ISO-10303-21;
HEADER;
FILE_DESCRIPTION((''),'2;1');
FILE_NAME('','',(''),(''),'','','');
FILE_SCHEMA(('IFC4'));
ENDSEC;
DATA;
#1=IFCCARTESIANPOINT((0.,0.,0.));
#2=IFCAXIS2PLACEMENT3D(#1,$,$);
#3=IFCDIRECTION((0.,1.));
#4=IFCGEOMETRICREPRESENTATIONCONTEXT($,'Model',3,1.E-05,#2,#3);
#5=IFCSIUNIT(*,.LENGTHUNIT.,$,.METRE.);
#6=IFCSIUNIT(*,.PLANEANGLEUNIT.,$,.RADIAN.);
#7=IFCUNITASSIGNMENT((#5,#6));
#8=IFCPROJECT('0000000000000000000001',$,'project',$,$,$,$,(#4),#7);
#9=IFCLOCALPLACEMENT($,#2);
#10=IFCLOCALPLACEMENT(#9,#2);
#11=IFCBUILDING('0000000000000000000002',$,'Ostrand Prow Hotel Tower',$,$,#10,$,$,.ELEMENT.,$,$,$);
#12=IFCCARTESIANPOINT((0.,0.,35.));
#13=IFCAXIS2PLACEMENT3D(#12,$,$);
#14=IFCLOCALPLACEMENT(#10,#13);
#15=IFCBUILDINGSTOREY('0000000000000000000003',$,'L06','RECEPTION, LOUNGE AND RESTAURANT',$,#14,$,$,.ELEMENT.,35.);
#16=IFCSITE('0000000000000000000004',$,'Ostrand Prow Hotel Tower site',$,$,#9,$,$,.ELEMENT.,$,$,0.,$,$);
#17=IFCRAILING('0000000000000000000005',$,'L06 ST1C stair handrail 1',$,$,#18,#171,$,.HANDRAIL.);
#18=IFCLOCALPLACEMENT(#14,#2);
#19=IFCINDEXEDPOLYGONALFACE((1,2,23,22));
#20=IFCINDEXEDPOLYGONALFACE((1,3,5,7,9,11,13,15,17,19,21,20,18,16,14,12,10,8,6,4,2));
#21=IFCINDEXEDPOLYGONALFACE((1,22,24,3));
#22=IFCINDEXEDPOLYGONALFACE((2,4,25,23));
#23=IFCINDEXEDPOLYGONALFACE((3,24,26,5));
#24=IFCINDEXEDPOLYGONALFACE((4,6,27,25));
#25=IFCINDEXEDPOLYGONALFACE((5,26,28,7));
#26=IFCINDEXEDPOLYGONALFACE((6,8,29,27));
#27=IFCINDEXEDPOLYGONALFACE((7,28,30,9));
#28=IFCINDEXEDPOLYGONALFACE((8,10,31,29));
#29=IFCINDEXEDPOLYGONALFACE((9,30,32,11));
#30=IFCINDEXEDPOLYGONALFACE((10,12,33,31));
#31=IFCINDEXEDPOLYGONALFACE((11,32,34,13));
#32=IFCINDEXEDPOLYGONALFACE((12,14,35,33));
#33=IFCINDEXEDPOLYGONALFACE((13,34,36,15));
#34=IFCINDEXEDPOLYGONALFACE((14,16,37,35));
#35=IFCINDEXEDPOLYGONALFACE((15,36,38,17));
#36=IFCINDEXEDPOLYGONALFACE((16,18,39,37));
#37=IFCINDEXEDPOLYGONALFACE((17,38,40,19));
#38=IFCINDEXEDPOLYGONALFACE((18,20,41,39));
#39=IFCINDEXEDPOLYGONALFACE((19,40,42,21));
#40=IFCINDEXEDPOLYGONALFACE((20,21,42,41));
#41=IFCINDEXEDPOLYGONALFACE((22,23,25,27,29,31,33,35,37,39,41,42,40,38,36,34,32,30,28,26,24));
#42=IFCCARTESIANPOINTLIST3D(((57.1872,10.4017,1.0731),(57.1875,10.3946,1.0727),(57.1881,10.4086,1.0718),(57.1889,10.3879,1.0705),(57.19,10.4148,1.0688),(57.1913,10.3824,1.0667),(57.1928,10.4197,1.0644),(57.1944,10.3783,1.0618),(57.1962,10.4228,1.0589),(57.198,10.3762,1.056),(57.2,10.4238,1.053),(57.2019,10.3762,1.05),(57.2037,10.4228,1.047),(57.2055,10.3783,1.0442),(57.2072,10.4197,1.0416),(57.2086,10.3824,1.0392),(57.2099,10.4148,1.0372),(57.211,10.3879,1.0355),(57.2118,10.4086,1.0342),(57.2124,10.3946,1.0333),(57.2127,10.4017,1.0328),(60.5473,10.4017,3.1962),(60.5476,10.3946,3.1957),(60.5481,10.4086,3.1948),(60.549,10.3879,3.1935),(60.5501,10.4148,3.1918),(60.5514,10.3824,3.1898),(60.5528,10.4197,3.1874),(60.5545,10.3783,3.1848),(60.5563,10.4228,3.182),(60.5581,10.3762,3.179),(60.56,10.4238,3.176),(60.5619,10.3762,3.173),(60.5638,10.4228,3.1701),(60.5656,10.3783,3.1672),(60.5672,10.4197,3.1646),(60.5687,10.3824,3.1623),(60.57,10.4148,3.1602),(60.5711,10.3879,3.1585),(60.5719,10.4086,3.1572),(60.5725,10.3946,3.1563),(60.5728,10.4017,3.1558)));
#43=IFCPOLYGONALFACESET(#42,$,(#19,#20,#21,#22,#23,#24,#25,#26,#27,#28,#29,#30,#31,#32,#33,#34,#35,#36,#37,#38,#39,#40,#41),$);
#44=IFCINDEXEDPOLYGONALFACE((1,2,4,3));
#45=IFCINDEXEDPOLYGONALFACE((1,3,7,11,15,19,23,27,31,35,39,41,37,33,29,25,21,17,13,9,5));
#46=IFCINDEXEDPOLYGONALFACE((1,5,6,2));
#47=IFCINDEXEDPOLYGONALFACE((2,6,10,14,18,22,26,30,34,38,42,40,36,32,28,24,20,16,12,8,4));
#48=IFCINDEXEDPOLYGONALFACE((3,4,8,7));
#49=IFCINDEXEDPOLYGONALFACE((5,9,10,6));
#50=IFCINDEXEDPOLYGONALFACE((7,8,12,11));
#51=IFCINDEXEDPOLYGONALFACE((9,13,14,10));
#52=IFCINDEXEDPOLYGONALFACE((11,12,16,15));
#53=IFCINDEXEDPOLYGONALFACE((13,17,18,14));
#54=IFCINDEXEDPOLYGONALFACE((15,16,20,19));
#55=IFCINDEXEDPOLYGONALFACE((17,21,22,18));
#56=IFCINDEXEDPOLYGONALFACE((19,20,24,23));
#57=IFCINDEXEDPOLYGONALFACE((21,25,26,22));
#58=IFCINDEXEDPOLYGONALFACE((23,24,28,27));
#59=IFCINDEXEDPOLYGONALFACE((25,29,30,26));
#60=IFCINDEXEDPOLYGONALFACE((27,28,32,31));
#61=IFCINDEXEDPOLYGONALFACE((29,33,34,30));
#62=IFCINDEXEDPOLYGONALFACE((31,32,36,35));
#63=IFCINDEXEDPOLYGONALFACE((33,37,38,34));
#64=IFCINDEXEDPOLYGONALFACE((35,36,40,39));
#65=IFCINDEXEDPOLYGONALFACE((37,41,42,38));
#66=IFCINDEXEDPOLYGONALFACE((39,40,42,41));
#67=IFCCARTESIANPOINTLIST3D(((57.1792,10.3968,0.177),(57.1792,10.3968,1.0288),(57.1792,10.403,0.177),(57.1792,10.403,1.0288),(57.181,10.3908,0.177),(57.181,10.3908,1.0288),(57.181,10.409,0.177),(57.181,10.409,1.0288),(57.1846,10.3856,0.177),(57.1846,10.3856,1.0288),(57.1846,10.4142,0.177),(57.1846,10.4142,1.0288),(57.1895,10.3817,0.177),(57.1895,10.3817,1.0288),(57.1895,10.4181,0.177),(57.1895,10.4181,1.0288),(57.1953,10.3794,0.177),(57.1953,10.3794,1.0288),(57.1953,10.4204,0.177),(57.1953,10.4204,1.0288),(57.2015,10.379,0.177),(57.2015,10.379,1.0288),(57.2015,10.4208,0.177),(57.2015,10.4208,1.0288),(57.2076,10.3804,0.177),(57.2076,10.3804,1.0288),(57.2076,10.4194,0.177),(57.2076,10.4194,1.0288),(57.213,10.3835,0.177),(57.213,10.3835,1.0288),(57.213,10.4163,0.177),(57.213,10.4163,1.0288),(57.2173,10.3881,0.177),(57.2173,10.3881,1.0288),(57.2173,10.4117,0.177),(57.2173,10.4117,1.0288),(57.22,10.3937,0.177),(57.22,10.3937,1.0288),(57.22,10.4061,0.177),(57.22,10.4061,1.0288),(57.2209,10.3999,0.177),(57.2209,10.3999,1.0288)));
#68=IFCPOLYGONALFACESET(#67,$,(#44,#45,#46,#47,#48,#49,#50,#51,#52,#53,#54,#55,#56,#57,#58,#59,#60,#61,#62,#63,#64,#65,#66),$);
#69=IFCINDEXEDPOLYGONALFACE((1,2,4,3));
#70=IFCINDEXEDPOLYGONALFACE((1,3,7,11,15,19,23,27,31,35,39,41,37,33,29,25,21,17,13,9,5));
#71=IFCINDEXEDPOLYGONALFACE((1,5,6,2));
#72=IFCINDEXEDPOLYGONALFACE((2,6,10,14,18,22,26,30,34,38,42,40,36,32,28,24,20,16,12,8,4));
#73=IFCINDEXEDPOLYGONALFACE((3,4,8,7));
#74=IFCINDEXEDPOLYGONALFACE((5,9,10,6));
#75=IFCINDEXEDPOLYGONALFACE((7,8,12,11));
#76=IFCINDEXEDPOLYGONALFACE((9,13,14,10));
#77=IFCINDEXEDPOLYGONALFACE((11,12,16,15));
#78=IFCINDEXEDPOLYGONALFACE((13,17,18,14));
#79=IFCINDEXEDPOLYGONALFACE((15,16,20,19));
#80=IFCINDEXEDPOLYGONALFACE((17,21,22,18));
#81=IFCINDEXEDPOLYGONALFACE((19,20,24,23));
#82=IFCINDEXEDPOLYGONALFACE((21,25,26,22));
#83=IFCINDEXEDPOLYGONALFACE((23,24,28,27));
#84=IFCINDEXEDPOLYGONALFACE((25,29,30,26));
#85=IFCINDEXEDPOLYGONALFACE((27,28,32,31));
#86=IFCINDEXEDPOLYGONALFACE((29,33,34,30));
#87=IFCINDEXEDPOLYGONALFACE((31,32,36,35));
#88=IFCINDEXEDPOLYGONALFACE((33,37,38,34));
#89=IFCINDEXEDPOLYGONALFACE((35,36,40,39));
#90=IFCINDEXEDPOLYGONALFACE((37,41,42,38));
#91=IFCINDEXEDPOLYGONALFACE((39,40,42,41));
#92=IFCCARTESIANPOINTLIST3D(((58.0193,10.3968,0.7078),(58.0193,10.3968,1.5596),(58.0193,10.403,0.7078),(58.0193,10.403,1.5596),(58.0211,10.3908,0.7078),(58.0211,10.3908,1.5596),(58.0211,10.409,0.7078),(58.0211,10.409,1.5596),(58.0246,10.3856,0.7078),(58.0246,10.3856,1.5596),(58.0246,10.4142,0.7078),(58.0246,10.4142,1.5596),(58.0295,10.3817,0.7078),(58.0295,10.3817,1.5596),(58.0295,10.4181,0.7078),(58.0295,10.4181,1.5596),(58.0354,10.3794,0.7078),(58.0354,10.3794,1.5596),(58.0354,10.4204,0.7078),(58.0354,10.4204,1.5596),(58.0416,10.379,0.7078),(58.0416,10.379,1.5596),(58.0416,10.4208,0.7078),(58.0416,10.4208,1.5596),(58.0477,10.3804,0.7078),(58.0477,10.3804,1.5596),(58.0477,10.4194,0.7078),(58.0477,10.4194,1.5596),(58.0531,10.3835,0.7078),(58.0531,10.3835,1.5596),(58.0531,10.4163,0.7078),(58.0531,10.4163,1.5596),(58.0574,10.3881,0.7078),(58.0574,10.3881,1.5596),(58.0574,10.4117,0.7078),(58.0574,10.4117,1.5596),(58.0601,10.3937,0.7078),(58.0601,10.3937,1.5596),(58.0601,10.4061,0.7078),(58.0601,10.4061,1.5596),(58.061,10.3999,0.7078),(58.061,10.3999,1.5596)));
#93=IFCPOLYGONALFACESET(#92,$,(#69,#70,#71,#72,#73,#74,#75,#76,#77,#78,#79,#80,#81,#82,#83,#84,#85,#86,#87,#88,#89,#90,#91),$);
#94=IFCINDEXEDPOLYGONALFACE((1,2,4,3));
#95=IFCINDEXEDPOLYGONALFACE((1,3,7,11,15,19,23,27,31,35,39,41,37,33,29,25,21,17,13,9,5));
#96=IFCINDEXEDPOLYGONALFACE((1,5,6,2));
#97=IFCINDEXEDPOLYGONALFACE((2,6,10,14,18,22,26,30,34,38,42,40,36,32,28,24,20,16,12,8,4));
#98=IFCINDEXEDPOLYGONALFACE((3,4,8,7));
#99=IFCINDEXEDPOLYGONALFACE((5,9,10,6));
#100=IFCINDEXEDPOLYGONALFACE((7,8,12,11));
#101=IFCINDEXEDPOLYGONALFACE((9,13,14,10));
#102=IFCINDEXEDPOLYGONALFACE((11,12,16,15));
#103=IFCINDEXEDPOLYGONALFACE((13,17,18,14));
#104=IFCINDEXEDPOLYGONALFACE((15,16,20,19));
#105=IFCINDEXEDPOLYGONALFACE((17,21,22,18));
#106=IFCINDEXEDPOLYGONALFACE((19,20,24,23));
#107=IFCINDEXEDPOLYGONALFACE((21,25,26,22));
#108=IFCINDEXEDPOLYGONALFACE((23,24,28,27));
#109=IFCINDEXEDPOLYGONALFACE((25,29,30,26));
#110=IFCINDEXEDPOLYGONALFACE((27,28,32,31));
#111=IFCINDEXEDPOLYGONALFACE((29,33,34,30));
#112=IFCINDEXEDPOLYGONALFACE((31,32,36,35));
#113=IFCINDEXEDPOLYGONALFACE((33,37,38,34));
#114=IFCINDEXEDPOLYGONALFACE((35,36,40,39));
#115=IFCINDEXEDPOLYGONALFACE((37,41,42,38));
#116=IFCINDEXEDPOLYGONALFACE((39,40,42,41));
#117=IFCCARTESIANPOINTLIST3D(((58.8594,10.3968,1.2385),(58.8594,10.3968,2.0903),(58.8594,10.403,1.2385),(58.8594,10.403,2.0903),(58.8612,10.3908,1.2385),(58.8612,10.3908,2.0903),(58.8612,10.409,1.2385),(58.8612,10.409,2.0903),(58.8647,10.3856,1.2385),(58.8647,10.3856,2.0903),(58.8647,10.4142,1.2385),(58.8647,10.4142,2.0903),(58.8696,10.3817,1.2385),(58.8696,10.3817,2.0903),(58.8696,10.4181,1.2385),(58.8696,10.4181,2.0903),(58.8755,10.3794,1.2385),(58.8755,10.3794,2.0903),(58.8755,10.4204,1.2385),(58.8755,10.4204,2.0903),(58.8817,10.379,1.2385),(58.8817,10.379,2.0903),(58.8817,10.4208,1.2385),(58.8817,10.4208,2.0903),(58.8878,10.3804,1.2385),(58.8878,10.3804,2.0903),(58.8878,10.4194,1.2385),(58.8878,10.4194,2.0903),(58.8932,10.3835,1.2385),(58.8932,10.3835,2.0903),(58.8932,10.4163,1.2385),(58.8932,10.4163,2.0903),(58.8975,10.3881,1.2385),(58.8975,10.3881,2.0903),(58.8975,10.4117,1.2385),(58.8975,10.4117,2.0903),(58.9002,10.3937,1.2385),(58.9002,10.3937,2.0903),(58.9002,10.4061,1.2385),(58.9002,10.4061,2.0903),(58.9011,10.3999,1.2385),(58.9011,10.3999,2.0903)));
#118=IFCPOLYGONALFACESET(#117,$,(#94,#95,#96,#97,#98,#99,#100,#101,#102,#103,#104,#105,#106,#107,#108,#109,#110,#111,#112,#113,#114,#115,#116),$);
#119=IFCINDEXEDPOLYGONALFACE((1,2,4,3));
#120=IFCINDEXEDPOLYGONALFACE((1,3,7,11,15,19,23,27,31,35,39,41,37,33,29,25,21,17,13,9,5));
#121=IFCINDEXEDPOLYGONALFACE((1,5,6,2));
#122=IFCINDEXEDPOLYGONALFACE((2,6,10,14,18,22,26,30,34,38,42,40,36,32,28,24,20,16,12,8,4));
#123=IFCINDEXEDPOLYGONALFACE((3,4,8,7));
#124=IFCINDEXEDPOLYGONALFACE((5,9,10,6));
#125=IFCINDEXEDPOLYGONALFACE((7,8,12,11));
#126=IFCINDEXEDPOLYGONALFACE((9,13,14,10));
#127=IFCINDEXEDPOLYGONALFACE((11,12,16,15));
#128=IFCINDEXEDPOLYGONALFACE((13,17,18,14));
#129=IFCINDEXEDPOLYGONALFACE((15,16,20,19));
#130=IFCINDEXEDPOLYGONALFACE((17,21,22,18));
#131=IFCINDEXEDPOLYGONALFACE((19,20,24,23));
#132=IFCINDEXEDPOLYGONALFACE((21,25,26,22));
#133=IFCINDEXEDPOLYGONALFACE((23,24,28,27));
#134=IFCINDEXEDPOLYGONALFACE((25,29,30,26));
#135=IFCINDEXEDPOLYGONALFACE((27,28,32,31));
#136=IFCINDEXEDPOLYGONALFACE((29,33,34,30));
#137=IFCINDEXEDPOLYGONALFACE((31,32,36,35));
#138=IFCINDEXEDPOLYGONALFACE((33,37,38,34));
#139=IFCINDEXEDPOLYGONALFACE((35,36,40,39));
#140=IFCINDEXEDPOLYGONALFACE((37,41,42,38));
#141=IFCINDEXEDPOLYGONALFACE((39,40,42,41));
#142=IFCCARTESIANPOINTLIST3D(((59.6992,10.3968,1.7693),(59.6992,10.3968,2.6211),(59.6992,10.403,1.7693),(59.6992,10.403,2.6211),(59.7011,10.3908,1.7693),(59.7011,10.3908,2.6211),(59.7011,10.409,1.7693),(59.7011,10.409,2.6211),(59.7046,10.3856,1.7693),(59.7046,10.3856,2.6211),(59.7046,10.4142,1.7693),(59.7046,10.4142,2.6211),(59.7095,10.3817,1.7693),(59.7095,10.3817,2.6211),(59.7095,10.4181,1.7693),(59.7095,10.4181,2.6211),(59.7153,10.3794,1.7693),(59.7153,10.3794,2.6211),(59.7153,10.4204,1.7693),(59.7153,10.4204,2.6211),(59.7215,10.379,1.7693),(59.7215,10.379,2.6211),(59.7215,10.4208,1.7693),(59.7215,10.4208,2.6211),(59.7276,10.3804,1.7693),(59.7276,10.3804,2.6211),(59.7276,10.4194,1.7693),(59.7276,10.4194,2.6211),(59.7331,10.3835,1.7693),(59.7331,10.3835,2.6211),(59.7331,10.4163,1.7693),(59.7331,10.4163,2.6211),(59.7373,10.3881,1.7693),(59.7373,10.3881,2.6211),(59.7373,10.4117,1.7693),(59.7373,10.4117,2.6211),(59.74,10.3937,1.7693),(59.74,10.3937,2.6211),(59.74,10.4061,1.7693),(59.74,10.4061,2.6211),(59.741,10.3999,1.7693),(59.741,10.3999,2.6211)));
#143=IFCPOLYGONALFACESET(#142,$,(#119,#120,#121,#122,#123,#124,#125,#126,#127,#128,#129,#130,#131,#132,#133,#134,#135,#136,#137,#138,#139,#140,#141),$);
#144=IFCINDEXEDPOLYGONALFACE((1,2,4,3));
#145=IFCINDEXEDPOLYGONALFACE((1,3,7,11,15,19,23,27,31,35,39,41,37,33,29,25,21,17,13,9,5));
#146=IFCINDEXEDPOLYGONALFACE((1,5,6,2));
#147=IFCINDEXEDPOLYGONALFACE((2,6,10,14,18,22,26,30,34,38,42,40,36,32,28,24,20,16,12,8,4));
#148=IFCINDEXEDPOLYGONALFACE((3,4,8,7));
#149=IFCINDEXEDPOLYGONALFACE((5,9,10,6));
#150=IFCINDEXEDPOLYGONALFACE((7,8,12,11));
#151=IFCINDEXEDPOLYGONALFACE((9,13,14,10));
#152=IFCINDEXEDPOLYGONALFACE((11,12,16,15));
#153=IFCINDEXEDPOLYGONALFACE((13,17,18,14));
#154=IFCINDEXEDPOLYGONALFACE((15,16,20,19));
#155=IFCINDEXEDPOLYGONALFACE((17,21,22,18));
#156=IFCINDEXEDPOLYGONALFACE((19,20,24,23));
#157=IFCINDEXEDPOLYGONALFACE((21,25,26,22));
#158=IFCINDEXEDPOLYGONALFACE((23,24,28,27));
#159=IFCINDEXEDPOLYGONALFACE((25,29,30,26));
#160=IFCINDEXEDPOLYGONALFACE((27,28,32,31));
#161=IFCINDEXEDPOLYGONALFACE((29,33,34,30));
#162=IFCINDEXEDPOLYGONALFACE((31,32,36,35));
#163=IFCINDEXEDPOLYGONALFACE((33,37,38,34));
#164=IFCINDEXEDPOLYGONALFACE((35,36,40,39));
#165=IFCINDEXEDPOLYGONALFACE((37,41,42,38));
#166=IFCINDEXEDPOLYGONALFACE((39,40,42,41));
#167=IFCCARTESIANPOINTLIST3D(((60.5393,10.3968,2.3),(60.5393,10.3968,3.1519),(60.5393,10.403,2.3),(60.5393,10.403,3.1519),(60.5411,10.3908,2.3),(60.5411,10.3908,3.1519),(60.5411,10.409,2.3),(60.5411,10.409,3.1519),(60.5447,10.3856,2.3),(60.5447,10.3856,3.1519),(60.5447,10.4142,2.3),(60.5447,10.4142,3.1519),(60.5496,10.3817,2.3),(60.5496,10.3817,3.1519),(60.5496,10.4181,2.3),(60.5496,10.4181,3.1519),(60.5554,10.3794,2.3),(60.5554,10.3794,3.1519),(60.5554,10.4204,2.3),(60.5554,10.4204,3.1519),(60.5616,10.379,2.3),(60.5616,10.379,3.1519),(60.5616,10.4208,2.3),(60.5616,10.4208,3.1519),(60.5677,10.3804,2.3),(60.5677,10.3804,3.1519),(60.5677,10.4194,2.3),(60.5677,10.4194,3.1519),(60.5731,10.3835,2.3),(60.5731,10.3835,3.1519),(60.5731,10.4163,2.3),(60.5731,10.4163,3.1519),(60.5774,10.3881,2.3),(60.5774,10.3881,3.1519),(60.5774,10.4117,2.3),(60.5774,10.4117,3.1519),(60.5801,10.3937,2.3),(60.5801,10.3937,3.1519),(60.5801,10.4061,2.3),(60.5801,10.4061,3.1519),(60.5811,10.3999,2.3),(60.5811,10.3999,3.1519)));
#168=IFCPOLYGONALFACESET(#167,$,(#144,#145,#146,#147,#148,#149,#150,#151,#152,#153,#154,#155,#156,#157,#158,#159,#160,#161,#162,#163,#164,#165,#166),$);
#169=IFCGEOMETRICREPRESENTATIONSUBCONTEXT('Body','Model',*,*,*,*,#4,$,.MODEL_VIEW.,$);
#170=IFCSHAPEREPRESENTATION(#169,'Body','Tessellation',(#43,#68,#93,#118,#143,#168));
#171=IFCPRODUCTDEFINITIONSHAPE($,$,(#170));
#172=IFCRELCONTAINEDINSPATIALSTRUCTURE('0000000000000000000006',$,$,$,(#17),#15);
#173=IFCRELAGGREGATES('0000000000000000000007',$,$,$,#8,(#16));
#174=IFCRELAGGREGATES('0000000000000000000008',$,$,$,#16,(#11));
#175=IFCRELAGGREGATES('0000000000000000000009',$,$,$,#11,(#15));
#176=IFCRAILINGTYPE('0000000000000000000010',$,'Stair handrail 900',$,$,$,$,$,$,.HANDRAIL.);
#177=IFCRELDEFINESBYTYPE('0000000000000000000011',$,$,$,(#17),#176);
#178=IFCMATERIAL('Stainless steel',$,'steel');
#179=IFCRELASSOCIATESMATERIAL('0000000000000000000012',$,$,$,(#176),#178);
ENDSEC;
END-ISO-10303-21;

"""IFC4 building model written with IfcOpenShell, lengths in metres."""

from ifc_helpers import new_model, si_unit, direction, frame, origin, origin_2d, place, context, subcontext, project, spatial, circle, extrude, material, type_object, element, save


model = new_model("IFC4")

# Units and contexts
model_context = context("Model", 3, precision=1e-05, world=origin(), true_north=direction((0.0, 1.0)))
body_context = subcontext(model_context, "Body", "Model", "MODEL_VIEW")
ifc_project = project(units=[si_unit("LENGTHUNIT", "METRE"), si_unit("PLANEANGLEUNIT", "RADIAN")], contexts=[model_context])

# Site, building, storey
site_placement = place(None, origin())
site = spatial("IfcSite", under=ifc_project, at=site_placement, Name="Ostrand Prow Hotel Tower site", CompositionType="ELEMENT", RefElevation=0.0)
building_placement = place(site_placement, origin())
building = spatial("IfcBuilding", under=site, at=building_placement, Name="Ostrand Prow Hotel Tower", CompositionType="ELEMENT")
storey_placement = place(building_placement, frame((0.0, 0.0, 35.0)))
storey = spatial("IfcBuildingStorey", under=building, at=storey_placement, Name="L06", Description="RECEPTION, LOUNGE AND RESTAURANT", CompositionType="ELEMENT", Elevation=35.0)

# Railing
ifc_material_1 = material(Name="Stainless steel", Category="steel")
railing_type_1 = type_object("IfcRailingType", Name="Stair handrail 900", PredefinedType="HANDRAIL", material=ifc_material_1)
railing_1_placement = place(storey_placement, frame((57.2, 10.3999, 0.177)))
element("IfcRailing", 1, at=railing_1_placement, inside=storey, type_object=railing_type_1, Name="L06 ST1C stair handrail 1", PredefinedType="HANDRAIL", context=body_context, shape_type="SweptSolid", body=[
    extrude(circle(Radius=0.0239, at=origin_2d()), frame((0.0, 0.0, 0.876), z_axis=(0.84539, 0.0, 0.53415), x_axis=(0.0, 1.0, 0.0)), (0.0, 0.0, 1.0), 3.9746),
    extrude(circle(Radius=0.021, at=origin_2d()), origin(), (0.0, 0.0, 1.0), 0.8518),
    extrude(circle(Radius=0.021, at=origin_2d()), frame((0.8401, 0.0, 0.5308)), (0.0, 0.0, 1.0), 0.8518),
    extrude(circle(Radius=0.021, at=origin_2d()), frame((1.6802, 0.0, 1.0615)), (0.0, 0.0, 1.0), 0.8518),
    extrude(circle(Radius=0.021, at=origin_2d()), frame((2.52, 0.0, 1.5923)), (0.0, 0.0, 1.0), 0.8518),
    extrude(circle(Radius=0.021, at=origin_2d()), frame((3.3601, 0.0, 2.123)), (0.0, 0.0, 1.0), 0.8518),
])

save(model, "model.ifc")
